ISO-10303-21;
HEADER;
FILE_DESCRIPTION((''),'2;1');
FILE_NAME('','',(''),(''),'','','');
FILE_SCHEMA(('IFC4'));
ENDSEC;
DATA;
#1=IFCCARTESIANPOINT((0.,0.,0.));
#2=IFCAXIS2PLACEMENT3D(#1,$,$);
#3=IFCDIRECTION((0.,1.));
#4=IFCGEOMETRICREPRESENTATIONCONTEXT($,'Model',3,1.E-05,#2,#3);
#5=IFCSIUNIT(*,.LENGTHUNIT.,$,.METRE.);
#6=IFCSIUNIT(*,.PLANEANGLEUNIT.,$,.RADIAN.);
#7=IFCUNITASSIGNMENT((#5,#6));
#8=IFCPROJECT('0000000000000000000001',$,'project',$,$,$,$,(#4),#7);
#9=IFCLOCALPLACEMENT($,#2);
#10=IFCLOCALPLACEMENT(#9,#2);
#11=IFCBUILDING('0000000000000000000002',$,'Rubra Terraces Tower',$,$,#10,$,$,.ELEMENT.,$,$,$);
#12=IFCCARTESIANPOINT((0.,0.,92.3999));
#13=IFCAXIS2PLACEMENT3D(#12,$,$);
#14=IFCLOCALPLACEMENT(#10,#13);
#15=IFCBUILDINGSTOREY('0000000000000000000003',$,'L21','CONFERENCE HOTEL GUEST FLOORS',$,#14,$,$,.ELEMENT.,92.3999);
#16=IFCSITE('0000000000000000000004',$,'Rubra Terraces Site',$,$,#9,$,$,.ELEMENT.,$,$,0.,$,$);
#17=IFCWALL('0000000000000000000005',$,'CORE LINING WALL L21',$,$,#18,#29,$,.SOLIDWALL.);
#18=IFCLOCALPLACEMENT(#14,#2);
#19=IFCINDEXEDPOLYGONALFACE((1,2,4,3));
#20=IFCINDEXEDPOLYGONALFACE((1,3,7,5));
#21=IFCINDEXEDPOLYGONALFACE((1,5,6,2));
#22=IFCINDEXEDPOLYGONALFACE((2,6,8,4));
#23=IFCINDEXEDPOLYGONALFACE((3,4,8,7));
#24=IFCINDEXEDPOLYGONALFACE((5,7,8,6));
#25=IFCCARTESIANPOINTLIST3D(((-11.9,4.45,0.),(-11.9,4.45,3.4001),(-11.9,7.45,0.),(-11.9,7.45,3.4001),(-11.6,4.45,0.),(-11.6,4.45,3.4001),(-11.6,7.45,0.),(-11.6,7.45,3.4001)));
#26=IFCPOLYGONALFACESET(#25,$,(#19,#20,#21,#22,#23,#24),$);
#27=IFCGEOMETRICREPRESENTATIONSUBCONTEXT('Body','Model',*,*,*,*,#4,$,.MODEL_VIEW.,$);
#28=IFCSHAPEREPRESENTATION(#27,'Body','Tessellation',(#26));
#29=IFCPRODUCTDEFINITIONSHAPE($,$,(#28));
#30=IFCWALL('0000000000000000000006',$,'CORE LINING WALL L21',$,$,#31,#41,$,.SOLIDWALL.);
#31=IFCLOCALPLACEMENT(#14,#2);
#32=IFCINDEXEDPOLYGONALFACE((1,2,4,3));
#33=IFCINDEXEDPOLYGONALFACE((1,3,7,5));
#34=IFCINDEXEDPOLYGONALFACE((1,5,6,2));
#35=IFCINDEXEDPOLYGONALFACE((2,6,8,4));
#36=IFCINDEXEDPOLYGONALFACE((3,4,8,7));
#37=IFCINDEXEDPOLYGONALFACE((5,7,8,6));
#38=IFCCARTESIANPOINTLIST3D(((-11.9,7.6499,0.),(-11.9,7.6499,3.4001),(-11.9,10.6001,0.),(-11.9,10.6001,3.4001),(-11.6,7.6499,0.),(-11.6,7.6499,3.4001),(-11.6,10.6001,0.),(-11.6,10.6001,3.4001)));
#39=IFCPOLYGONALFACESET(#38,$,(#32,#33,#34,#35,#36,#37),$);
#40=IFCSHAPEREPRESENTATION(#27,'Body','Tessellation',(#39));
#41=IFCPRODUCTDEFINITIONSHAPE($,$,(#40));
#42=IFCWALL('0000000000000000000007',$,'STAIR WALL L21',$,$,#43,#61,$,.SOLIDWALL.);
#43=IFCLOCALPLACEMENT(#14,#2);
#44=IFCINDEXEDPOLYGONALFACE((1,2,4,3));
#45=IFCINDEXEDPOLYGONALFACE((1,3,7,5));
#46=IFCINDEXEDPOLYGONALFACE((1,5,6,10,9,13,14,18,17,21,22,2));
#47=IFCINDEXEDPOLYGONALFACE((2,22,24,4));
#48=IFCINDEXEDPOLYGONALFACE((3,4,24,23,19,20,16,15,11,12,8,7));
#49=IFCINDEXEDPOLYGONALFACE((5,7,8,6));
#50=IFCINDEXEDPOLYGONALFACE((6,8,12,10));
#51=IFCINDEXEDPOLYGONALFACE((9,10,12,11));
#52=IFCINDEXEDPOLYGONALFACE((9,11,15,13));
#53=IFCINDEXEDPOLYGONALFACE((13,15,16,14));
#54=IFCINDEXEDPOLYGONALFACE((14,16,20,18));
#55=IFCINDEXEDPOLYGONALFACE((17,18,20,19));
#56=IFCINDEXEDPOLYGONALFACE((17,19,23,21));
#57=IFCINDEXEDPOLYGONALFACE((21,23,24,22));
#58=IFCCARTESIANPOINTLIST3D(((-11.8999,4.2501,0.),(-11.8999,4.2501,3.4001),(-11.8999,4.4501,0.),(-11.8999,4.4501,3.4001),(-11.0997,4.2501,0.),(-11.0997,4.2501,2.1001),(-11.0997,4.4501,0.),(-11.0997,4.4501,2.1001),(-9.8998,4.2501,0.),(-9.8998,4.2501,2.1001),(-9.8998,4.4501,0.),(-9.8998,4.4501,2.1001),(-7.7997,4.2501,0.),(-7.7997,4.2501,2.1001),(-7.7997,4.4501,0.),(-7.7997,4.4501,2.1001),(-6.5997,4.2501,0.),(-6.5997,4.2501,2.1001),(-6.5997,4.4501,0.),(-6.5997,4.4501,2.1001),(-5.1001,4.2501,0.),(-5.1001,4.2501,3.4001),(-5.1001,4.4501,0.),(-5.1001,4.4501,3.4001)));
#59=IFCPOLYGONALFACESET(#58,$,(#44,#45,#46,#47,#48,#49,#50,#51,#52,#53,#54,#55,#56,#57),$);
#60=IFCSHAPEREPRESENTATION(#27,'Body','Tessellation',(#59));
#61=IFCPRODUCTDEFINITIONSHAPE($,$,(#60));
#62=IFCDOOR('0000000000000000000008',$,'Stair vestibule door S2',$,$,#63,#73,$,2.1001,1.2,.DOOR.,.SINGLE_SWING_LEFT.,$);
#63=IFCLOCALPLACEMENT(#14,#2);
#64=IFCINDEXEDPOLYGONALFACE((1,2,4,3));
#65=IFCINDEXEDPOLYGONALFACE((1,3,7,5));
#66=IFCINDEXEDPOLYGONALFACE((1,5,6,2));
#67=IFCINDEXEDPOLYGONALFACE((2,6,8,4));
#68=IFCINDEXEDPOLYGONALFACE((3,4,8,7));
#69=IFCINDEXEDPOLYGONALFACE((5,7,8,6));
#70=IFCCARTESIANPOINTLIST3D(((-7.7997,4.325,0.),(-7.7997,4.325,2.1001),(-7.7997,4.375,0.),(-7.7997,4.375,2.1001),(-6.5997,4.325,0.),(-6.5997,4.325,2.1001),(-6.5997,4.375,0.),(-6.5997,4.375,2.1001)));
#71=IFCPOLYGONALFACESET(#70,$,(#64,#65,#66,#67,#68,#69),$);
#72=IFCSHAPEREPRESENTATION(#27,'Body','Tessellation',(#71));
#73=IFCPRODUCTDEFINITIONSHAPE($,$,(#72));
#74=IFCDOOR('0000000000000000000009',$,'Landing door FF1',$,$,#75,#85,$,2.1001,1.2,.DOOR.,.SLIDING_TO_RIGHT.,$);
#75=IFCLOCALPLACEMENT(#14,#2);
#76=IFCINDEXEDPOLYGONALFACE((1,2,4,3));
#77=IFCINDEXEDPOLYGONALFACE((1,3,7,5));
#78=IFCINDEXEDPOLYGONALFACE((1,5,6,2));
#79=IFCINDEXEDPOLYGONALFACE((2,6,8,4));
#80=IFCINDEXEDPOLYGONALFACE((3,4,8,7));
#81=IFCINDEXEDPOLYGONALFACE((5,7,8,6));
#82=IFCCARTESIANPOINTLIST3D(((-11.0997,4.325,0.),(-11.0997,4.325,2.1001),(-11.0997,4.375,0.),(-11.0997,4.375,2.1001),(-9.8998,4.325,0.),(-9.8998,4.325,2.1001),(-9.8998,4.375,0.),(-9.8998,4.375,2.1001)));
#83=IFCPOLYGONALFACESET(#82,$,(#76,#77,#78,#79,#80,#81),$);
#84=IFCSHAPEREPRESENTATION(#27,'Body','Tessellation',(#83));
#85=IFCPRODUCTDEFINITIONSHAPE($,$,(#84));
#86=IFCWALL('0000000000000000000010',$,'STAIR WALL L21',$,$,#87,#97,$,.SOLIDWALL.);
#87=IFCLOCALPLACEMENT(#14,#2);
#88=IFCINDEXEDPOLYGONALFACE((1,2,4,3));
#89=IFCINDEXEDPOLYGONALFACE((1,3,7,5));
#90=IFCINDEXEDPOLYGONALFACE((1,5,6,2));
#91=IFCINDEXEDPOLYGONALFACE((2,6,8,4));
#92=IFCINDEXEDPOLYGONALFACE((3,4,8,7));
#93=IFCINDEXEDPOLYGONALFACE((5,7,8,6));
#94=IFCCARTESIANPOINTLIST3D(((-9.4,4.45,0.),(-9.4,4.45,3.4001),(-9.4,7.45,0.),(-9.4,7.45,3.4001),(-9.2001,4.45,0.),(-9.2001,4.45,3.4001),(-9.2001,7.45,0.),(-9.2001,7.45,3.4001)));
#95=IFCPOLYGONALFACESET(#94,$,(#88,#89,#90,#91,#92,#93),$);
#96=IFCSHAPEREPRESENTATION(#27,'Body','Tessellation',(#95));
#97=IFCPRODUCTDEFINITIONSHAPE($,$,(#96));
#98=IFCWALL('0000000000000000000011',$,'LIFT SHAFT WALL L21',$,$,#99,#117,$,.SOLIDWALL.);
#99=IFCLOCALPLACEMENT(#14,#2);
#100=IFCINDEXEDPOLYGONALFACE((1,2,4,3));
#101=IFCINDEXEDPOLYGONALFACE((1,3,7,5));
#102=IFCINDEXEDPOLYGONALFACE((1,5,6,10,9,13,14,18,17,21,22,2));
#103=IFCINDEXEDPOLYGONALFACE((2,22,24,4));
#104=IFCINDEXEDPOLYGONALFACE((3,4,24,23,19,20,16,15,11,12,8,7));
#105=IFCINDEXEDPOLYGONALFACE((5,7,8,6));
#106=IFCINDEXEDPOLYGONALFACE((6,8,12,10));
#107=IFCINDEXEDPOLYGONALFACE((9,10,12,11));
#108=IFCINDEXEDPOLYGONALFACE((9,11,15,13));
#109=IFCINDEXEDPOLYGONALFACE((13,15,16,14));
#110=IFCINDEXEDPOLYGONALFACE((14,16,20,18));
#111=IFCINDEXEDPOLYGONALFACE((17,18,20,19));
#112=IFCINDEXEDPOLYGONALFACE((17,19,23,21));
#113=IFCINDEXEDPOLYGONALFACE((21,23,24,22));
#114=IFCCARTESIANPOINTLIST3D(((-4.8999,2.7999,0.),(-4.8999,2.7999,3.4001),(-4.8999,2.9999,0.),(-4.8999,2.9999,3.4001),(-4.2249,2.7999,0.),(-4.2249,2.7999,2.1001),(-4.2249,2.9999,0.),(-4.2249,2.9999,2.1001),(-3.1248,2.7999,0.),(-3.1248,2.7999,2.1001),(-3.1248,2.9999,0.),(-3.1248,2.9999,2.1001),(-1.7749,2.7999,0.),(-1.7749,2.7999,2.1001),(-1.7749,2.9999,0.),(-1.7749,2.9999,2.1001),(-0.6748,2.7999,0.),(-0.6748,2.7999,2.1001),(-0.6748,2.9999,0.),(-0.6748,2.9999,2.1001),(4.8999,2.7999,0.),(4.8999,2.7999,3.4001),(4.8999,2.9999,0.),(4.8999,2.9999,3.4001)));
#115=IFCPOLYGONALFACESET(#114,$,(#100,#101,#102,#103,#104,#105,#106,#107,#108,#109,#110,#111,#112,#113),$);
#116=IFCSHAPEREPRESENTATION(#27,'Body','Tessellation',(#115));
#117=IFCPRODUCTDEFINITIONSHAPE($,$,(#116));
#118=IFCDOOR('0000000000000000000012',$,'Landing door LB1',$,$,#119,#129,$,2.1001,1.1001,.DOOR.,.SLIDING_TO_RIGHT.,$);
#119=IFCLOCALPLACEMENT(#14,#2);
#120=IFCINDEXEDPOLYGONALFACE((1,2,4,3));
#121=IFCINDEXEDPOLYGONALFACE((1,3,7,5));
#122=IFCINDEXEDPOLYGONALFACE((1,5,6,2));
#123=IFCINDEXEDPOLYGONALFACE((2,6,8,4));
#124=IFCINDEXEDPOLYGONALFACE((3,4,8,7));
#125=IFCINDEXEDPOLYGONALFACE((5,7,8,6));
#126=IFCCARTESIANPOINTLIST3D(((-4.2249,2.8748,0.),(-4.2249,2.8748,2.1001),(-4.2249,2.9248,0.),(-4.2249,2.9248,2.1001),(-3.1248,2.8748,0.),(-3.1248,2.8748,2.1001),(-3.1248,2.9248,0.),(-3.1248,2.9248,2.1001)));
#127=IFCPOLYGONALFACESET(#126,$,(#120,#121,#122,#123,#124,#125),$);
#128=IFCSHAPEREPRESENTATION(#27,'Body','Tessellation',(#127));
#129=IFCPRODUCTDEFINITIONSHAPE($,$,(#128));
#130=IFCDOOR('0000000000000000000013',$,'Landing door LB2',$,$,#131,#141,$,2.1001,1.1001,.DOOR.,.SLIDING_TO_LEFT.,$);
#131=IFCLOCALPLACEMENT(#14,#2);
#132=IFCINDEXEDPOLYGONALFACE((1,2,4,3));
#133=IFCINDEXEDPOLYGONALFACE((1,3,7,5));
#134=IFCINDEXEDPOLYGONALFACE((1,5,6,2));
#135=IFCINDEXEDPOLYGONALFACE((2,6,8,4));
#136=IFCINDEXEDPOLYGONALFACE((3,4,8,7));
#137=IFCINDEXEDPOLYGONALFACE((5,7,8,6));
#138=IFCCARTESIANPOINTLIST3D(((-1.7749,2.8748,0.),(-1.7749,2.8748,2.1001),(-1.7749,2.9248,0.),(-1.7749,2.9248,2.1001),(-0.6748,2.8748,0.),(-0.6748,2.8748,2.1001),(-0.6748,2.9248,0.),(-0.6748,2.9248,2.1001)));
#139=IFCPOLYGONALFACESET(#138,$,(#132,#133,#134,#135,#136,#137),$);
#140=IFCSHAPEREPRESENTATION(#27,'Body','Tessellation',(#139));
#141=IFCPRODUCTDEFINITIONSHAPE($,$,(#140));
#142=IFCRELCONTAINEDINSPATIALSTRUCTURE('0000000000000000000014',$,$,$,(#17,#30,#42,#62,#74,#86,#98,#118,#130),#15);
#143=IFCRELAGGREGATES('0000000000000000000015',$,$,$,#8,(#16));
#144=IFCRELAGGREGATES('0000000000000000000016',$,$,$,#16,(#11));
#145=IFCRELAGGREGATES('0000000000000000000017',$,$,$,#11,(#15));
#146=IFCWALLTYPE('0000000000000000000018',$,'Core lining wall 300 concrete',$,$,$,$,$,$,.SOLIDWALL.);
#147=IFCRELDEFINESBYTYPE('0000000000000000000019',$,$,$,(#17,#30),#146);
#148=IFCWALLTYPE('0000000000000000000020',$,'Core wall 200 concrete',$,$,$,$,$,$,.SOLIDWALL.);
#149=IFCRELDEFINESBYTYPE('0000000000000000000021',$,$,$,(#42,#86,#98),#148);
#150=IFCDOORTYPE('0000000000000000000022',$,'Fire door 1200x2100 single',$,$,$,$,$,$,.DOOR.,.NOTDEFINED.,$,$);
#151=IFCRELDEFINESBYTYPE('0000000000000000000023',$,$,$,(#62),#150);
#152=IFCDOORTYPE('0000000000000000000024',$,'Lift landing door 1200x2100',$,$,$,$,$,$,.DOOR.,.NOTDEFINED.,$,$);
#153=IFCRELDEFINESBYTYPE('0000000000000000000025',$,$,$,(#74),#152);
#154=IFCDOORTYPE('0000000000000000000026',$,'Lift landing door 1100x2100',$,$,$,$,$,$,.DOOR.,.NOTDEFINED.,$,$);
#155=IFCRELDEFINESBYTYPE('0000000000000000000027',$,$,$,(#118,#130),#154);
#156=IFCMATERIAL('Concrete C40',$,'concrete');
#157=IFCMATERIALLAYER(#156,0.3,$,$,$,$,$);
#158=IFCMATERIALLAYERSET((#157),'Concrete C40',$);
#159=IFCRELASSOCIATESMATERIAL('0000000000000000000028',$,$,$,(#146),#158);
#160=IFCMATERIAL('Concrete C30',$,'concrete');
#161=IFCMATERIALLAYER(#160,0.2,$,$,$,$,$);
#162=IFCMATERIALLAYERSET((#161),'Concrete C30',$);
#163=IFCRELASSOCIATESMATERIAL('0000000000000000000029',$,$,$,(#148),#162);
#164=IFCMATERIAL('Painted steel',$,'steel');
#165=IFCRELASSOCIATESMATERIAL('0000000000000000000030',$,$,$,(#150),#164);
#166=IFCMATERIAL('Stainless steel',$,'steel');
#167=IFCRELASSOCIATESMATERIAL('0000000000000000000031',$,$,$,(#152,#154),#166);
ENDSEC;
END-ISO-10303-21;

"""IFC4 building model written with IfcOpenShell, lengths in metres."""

from ifc_helpers import new_model, si_unit, direction, frame, frame_2d, origin, place, context, subcontext, project, spatial, rectangle, extrude, material, layer, layer_set, type_object, element, fill, save


model = new_model("IFC4")

# Units and contexts
model_context = context("Model", 3, precision=1e-05, world=origin(), true_north=direction((0.0, 1.0)))
body_context = subcontext(model_context, "Body", "Model", "MODEL_VIEW")
ifc_project = project(units=[si_unit("LENGTHUNIT", "METRE"), si_unit("PLANEANGLEUNIT", "RADIAN")], contexts=[model_context])

# Site, building, storey
site_placement = place(None, origin())
site = spatial("IfcSite", under=ifc_project, at=site_placement, Name="Rubra Terraces Site", CompositionType="ELEMENT", RefElevation=0.0)
building_placement = place(site_placement, origin())
building = spatial("IfcBuilding", under=site, at=building_placement, Name="Rubra Terraces Tower", CompositionType="ELEMENT")
storey_placement = place(building_placement, frame((0.0, 0.0, 92.3999)))
storey = spatial("IfcBuildingStorey", under=building, at=storey_placement, Name="L21", Description="CONFERENCE HOTEL GUEST FLOORS", CompositionType="ELEMENT", Elevation=92.3999)

# Walls
ifc_material_1 = material(Name="Concrete C40", Category="concrete")
ifc_layer_1 = layer(ifc_material_1, 0.3)
ifc_layer_set_1 = layer_set([ifc_layer_1], Name="Concrete C40")
wall_type_1 = type_object("IfcWallType", Name="Core lining wall 300 concrete", PredefinedType="SOLIDWALL", material=ifc_layer_set_1)
wall_1_placement = place(storey_placement, frame((-11.75, 4.45, 0.0), z_axis=(0.0, 0.0, 1.0), x_axis=(0.0, 1.0, 0.0)))
element("IfcWall", 1, at=wall_1_placement, inside=storey, type_object=wall_type_1, Name="CORE LINING WALL L21", PredefinedType="SOLIDWALL", context=body_context, shape_type="SweptSolid", body=[
    extrude(rectangle(XDim=3.0, YDim=0.3, at=frame_2d((1.5, 0.0))), origin(), (0.0, 0.0, 1.0), 3.4001),
])
wall_2_placement = place(storey_placement, frame((-11.75, 7.6499, 0.0), z_axis=(0.0, 0.0, 1.0), x_axis=(0.0, 1.0, 0.0)))
element("IfcWall", 2, at=wall_2_placement, inside=storey, type_object=wall_type_1, Name="CORE LINING WALL L21", PredefinedType="SOLIDWALL", context=body_context, shape_type="SweptSolid", body=[
    extrude(rectangle(XDim=2.9502, YDim=0.3, at=frame_2d((1.4751, 0.0))), origin(), (0.0, 0.0, 1.0), 3.4001),
])

# Wall, openings, doors
ifc_material_2 = material(Name="Concrete C30", Category="concrete")
ifc_layer_2 = layer(ifc_material_2, 0.2)
ifc_layer_set_2 = layer_set([ifc_layer_2], Name="Concrete C30")
wall_type_2 = type_object("IfcWallType", Name="Core wall 200 concrete", PredefinedType="SOLIDWALL", material=ifc_layer_set_2)
wall_3_placement = place(storey_placement, frame((-11.8999, 4.3501, 0.0), z_axis=(0.0, 0.0, 1.0), x_axis=(1.0, 0.0, 0.0)))
wall_3 = element("IfcWall", 3, at=wall_3_placement, inside=storey, type_object=wall_type_2, Name="STAIR WALL L21", PredefinedType="SOLIDWALL", context=body_context, shape_type="SweptSolid", body=[
    extrude(rectangle(XDim=6.7998, YDim=0.2, at=frame_2d((3.3999, 0.0))), origin(), (0.0, 0.0, 1.0), 3.4001),
])
opening_1_placement = place(wall_3_placement, frame((4.1001, 0.0, 0.0)))
opening_1 = element("IfcOpeningElement", 4, at=opening_1_placement, cuts=wall_3, PredefinedType="OPENING", context=body_context, shape_type="SweptSolid", body=[
    extrude(rectangle(XDim=1.2, YDim=2.1001, at=frame_2d((0.6001, 1.05))), frame((0.0, 0.1099, 0.0), z_axis=(0.0, -1.0, 0.0), x_axis=(1.0, 0.0, 0.0)), (0.0, 0.0, 1.0), 0.22),
])
opening_2_placement = place(wall_3_placement, frame((0.8, 0.0, 0.0)))
opening_2 = element("IfcOpeningElement", 5, at=opening_2_placement, cuts=wall_3, PredefinedType="OPENING", context=body_context, shape_type="SweptSolid", body=[
    extrude(rectangle(XDim=1.2, YDim=2.1001, at=frame_2d((0.6001, 1.05))), frame((0.0, 0.1099, 0.0), z_axis=(0.0, -1.0, 0.0), x_axis=(1.0, 0.0, 0.0)), (0.0, 0.0, 1.0), 0.22),
])
ifc_material_3 = material(Name="Painted steel", Category="steel")
door_type_1 = type_object("IfcDoorType", Name="Fire door 1200x2100 single", OperationType="NOTDEFINED", PredefinedType="DOOR", material=ifc_material_3)
door_1_placement = place(opening_1_placement, origin())
door_1 = element("IfcDoor", 6, at=door_1_placement, inside=storey, type_object=door_type_1, Name="Stair vestibule door S2", OperationType="SINGLE_SWING_LEFT", OverallHeight=2.1001, OverallWidth=1.2, PredefinedType="DOOR", context=body_context, shape_type="SweptSolid", body=[
    extrude(rectangle(XDim=1.2, YDim=2.1001, at=frame_2d((0.6001, 1.05))), frame((0.0, 0.0249, 0.0), z_axis=(0.0, -1.0, 0.0), x_axis=(1.0, 0.0, 0.0)), (0.0, 0.0, 1.0), 0.05),
])
fill(opening_1, door_1)
ifc_material_4 = material(Name="Stainless steel", Category="steel")
door_type_2 = type_object("IfcDoorType", Name="Lift landing door 1200x2100", OperationType="NOTDEFINED", PredefinedType="DOOR", material=ifc_material_4)
door_2_placement = place(opening_2_placement, origin())
door_2 = element("IfcDoor", 7, at=door_2_placement, inside=storey, type_object=door_type_2, Name="Landing door FF1", OperationType="SLIDING_TO_RIGHT", OverallHeight=2.1001, OverallWidth=1.2, PredefinedType="DOOR", context=body_context, shape_type="SweptSolid", body=[
    extrude(rectangle(XDim=1.2, YDim=2.1001, at=frame_2d((0.6001, 1.05))), frame((0.0, 0.0249, 0.0), z_axis=(0.0, -1.0, 0.0), x_axis=(1.0, 0.0, 0.0)), (0.0, 0.0, 1.0), 0.05),
])
fill(opening_2, door_2)

# Wall
wall_4_placement = place(storey_placement, frame((-9.3, 4.45, 0.0), z_axis=(0.0, 0.0, 1.0), x_axis=(0.0, 1.0, 0.0)))
element("IfcWall", 8, at=wall_4_placement, inside=storey, type_object=wall_type_2, Name="STAIR WALL L21", PredefinedType="SOLIDWALL", context=body_context, shape_type="SweptSolid", body=[
    extrude(rectangle(XDim=3.0, YDim=0.2, at=frame_2d((1.5, 0.0))), origin(), (0.0, 0.0, 1.0), 3.4001),
])

# Wall, openings, doors
wall_5_placement = place(storey_placement, frame((-4.8999, 2.8999, 0.0), z_axis=(0.0, 0.0, 1.0), x_axis=(1.0, 0.0, 0.0)))
wall_5 = element("IfcWall", 9, at=wall_5_placement, inside=storey, type_object=wall_type_2, Name="LIFT SHAFT WALL L21", PredefinedType="SOLIDWALL", context=body_context, shape_type="SweptSolid", body=[
    extrude(rectangle(XDim=9.7998, YDim=0.2, at=frame_2d((4.8999, 0.0))), origin(), (0.0, 0.0, 1.0), 3.4001),
])
opening_3_placement = place(wall_5_placement, frame((0.675, 0.0, 0.0)))
opening_3 = element("IfcOpeningElement", 10, at=opening_3_placement, cuts=wall_5, PredefinedType="OPENING", context=body_context, shape_type="SweptSolid", body=[
    extrude(rectangle(XDim=1.1001, YDim=2.1001, at=frame_2d((0.55, 1.05))), frame((0.0, 0.1099, 0.0), z_axis=(0.0, -1.0, 0.0), x_axis=(1.0, 0.0, 0.0)), (0.0, 0.0, 1.0), 0.22),
])
opening_4_placement = place(wall_5_placement, frame((3.125, 0.0, 0.0)))
opening_4 = element("IfcOpeningElement", 11, at=opening_4_placement, cuts=wall_5, PredefinedType="OPENING", context=body_context, shape_type="SweptSolid", body=[
    extrude(rectangle(XDim=1.1001, YDim=2.1001, at=frame_2d((0.55, 1.05))), frame((0.0, 0.1099, 0.0), z_axis=(0.0, -1.0, 0.0), x_axis=(1.0, 0.0, 0.0)), (0.0, 0.0, 1.0), 0.22),
])
door_type_3 = type_object("IfcDoorType", Name="Lift landing door 1100x2100", OperationType="NOTDEFINED", PredefinedType="DOOR", material=ifc_material_4)
door_3_placement = place(opening_3_placement, origin())
door_3 = element("IfcDoor", 12, at=door_3_placement, inside=storey, type_object=door_type_3, Name="Landing door LB1", OperationType="SLIDING_TO_RIGHT", OverallHeight=2.1001, OverallWidth=1.1001, PredefinedType="DOOR", context=body_context, shape_type="SweptSolid", body=[
    extrude(rectangle(XDim=1.1001, YDim=2.1001, at=frame_2d((0.55, 1.05))), frame((0.0, 0.0249, 0.0), z_axis=(0.0, -1.0, 0.0), x_axis=(1.0, 0.0, 0.0)), (0.0, 0.0, 1.0), 0.05),
])
fill(opening_3, door_3)
door_4_placement = place(opening_4_placement, origin())
door_4 = element("IfcDoor", 13, at=door_4_placement, inside=storey, type_object=door_type_3, Name="Landing door LB2", OperationType="SLIDING_TO_LEFT", OverallHeight=2.1001, OverallWidth=1.1001, PredefinedType="DOOR", context=body_context, shape_type="SweptSolid", body=[
    extrude(rectangle(XDim=1.1001, YDim=2.1001, at=frame_2d((0.55, 1.05))), frame((0.0, 0.0249, 0.0), z_axis=(0.0, -1.0, 0.0), x_axis=(1.0, 0.0, 0.0)), (0.0, 0.0, 1.0), 0.05),
])
fill(opening_4, door_4)

save(model, "model.ifc")
